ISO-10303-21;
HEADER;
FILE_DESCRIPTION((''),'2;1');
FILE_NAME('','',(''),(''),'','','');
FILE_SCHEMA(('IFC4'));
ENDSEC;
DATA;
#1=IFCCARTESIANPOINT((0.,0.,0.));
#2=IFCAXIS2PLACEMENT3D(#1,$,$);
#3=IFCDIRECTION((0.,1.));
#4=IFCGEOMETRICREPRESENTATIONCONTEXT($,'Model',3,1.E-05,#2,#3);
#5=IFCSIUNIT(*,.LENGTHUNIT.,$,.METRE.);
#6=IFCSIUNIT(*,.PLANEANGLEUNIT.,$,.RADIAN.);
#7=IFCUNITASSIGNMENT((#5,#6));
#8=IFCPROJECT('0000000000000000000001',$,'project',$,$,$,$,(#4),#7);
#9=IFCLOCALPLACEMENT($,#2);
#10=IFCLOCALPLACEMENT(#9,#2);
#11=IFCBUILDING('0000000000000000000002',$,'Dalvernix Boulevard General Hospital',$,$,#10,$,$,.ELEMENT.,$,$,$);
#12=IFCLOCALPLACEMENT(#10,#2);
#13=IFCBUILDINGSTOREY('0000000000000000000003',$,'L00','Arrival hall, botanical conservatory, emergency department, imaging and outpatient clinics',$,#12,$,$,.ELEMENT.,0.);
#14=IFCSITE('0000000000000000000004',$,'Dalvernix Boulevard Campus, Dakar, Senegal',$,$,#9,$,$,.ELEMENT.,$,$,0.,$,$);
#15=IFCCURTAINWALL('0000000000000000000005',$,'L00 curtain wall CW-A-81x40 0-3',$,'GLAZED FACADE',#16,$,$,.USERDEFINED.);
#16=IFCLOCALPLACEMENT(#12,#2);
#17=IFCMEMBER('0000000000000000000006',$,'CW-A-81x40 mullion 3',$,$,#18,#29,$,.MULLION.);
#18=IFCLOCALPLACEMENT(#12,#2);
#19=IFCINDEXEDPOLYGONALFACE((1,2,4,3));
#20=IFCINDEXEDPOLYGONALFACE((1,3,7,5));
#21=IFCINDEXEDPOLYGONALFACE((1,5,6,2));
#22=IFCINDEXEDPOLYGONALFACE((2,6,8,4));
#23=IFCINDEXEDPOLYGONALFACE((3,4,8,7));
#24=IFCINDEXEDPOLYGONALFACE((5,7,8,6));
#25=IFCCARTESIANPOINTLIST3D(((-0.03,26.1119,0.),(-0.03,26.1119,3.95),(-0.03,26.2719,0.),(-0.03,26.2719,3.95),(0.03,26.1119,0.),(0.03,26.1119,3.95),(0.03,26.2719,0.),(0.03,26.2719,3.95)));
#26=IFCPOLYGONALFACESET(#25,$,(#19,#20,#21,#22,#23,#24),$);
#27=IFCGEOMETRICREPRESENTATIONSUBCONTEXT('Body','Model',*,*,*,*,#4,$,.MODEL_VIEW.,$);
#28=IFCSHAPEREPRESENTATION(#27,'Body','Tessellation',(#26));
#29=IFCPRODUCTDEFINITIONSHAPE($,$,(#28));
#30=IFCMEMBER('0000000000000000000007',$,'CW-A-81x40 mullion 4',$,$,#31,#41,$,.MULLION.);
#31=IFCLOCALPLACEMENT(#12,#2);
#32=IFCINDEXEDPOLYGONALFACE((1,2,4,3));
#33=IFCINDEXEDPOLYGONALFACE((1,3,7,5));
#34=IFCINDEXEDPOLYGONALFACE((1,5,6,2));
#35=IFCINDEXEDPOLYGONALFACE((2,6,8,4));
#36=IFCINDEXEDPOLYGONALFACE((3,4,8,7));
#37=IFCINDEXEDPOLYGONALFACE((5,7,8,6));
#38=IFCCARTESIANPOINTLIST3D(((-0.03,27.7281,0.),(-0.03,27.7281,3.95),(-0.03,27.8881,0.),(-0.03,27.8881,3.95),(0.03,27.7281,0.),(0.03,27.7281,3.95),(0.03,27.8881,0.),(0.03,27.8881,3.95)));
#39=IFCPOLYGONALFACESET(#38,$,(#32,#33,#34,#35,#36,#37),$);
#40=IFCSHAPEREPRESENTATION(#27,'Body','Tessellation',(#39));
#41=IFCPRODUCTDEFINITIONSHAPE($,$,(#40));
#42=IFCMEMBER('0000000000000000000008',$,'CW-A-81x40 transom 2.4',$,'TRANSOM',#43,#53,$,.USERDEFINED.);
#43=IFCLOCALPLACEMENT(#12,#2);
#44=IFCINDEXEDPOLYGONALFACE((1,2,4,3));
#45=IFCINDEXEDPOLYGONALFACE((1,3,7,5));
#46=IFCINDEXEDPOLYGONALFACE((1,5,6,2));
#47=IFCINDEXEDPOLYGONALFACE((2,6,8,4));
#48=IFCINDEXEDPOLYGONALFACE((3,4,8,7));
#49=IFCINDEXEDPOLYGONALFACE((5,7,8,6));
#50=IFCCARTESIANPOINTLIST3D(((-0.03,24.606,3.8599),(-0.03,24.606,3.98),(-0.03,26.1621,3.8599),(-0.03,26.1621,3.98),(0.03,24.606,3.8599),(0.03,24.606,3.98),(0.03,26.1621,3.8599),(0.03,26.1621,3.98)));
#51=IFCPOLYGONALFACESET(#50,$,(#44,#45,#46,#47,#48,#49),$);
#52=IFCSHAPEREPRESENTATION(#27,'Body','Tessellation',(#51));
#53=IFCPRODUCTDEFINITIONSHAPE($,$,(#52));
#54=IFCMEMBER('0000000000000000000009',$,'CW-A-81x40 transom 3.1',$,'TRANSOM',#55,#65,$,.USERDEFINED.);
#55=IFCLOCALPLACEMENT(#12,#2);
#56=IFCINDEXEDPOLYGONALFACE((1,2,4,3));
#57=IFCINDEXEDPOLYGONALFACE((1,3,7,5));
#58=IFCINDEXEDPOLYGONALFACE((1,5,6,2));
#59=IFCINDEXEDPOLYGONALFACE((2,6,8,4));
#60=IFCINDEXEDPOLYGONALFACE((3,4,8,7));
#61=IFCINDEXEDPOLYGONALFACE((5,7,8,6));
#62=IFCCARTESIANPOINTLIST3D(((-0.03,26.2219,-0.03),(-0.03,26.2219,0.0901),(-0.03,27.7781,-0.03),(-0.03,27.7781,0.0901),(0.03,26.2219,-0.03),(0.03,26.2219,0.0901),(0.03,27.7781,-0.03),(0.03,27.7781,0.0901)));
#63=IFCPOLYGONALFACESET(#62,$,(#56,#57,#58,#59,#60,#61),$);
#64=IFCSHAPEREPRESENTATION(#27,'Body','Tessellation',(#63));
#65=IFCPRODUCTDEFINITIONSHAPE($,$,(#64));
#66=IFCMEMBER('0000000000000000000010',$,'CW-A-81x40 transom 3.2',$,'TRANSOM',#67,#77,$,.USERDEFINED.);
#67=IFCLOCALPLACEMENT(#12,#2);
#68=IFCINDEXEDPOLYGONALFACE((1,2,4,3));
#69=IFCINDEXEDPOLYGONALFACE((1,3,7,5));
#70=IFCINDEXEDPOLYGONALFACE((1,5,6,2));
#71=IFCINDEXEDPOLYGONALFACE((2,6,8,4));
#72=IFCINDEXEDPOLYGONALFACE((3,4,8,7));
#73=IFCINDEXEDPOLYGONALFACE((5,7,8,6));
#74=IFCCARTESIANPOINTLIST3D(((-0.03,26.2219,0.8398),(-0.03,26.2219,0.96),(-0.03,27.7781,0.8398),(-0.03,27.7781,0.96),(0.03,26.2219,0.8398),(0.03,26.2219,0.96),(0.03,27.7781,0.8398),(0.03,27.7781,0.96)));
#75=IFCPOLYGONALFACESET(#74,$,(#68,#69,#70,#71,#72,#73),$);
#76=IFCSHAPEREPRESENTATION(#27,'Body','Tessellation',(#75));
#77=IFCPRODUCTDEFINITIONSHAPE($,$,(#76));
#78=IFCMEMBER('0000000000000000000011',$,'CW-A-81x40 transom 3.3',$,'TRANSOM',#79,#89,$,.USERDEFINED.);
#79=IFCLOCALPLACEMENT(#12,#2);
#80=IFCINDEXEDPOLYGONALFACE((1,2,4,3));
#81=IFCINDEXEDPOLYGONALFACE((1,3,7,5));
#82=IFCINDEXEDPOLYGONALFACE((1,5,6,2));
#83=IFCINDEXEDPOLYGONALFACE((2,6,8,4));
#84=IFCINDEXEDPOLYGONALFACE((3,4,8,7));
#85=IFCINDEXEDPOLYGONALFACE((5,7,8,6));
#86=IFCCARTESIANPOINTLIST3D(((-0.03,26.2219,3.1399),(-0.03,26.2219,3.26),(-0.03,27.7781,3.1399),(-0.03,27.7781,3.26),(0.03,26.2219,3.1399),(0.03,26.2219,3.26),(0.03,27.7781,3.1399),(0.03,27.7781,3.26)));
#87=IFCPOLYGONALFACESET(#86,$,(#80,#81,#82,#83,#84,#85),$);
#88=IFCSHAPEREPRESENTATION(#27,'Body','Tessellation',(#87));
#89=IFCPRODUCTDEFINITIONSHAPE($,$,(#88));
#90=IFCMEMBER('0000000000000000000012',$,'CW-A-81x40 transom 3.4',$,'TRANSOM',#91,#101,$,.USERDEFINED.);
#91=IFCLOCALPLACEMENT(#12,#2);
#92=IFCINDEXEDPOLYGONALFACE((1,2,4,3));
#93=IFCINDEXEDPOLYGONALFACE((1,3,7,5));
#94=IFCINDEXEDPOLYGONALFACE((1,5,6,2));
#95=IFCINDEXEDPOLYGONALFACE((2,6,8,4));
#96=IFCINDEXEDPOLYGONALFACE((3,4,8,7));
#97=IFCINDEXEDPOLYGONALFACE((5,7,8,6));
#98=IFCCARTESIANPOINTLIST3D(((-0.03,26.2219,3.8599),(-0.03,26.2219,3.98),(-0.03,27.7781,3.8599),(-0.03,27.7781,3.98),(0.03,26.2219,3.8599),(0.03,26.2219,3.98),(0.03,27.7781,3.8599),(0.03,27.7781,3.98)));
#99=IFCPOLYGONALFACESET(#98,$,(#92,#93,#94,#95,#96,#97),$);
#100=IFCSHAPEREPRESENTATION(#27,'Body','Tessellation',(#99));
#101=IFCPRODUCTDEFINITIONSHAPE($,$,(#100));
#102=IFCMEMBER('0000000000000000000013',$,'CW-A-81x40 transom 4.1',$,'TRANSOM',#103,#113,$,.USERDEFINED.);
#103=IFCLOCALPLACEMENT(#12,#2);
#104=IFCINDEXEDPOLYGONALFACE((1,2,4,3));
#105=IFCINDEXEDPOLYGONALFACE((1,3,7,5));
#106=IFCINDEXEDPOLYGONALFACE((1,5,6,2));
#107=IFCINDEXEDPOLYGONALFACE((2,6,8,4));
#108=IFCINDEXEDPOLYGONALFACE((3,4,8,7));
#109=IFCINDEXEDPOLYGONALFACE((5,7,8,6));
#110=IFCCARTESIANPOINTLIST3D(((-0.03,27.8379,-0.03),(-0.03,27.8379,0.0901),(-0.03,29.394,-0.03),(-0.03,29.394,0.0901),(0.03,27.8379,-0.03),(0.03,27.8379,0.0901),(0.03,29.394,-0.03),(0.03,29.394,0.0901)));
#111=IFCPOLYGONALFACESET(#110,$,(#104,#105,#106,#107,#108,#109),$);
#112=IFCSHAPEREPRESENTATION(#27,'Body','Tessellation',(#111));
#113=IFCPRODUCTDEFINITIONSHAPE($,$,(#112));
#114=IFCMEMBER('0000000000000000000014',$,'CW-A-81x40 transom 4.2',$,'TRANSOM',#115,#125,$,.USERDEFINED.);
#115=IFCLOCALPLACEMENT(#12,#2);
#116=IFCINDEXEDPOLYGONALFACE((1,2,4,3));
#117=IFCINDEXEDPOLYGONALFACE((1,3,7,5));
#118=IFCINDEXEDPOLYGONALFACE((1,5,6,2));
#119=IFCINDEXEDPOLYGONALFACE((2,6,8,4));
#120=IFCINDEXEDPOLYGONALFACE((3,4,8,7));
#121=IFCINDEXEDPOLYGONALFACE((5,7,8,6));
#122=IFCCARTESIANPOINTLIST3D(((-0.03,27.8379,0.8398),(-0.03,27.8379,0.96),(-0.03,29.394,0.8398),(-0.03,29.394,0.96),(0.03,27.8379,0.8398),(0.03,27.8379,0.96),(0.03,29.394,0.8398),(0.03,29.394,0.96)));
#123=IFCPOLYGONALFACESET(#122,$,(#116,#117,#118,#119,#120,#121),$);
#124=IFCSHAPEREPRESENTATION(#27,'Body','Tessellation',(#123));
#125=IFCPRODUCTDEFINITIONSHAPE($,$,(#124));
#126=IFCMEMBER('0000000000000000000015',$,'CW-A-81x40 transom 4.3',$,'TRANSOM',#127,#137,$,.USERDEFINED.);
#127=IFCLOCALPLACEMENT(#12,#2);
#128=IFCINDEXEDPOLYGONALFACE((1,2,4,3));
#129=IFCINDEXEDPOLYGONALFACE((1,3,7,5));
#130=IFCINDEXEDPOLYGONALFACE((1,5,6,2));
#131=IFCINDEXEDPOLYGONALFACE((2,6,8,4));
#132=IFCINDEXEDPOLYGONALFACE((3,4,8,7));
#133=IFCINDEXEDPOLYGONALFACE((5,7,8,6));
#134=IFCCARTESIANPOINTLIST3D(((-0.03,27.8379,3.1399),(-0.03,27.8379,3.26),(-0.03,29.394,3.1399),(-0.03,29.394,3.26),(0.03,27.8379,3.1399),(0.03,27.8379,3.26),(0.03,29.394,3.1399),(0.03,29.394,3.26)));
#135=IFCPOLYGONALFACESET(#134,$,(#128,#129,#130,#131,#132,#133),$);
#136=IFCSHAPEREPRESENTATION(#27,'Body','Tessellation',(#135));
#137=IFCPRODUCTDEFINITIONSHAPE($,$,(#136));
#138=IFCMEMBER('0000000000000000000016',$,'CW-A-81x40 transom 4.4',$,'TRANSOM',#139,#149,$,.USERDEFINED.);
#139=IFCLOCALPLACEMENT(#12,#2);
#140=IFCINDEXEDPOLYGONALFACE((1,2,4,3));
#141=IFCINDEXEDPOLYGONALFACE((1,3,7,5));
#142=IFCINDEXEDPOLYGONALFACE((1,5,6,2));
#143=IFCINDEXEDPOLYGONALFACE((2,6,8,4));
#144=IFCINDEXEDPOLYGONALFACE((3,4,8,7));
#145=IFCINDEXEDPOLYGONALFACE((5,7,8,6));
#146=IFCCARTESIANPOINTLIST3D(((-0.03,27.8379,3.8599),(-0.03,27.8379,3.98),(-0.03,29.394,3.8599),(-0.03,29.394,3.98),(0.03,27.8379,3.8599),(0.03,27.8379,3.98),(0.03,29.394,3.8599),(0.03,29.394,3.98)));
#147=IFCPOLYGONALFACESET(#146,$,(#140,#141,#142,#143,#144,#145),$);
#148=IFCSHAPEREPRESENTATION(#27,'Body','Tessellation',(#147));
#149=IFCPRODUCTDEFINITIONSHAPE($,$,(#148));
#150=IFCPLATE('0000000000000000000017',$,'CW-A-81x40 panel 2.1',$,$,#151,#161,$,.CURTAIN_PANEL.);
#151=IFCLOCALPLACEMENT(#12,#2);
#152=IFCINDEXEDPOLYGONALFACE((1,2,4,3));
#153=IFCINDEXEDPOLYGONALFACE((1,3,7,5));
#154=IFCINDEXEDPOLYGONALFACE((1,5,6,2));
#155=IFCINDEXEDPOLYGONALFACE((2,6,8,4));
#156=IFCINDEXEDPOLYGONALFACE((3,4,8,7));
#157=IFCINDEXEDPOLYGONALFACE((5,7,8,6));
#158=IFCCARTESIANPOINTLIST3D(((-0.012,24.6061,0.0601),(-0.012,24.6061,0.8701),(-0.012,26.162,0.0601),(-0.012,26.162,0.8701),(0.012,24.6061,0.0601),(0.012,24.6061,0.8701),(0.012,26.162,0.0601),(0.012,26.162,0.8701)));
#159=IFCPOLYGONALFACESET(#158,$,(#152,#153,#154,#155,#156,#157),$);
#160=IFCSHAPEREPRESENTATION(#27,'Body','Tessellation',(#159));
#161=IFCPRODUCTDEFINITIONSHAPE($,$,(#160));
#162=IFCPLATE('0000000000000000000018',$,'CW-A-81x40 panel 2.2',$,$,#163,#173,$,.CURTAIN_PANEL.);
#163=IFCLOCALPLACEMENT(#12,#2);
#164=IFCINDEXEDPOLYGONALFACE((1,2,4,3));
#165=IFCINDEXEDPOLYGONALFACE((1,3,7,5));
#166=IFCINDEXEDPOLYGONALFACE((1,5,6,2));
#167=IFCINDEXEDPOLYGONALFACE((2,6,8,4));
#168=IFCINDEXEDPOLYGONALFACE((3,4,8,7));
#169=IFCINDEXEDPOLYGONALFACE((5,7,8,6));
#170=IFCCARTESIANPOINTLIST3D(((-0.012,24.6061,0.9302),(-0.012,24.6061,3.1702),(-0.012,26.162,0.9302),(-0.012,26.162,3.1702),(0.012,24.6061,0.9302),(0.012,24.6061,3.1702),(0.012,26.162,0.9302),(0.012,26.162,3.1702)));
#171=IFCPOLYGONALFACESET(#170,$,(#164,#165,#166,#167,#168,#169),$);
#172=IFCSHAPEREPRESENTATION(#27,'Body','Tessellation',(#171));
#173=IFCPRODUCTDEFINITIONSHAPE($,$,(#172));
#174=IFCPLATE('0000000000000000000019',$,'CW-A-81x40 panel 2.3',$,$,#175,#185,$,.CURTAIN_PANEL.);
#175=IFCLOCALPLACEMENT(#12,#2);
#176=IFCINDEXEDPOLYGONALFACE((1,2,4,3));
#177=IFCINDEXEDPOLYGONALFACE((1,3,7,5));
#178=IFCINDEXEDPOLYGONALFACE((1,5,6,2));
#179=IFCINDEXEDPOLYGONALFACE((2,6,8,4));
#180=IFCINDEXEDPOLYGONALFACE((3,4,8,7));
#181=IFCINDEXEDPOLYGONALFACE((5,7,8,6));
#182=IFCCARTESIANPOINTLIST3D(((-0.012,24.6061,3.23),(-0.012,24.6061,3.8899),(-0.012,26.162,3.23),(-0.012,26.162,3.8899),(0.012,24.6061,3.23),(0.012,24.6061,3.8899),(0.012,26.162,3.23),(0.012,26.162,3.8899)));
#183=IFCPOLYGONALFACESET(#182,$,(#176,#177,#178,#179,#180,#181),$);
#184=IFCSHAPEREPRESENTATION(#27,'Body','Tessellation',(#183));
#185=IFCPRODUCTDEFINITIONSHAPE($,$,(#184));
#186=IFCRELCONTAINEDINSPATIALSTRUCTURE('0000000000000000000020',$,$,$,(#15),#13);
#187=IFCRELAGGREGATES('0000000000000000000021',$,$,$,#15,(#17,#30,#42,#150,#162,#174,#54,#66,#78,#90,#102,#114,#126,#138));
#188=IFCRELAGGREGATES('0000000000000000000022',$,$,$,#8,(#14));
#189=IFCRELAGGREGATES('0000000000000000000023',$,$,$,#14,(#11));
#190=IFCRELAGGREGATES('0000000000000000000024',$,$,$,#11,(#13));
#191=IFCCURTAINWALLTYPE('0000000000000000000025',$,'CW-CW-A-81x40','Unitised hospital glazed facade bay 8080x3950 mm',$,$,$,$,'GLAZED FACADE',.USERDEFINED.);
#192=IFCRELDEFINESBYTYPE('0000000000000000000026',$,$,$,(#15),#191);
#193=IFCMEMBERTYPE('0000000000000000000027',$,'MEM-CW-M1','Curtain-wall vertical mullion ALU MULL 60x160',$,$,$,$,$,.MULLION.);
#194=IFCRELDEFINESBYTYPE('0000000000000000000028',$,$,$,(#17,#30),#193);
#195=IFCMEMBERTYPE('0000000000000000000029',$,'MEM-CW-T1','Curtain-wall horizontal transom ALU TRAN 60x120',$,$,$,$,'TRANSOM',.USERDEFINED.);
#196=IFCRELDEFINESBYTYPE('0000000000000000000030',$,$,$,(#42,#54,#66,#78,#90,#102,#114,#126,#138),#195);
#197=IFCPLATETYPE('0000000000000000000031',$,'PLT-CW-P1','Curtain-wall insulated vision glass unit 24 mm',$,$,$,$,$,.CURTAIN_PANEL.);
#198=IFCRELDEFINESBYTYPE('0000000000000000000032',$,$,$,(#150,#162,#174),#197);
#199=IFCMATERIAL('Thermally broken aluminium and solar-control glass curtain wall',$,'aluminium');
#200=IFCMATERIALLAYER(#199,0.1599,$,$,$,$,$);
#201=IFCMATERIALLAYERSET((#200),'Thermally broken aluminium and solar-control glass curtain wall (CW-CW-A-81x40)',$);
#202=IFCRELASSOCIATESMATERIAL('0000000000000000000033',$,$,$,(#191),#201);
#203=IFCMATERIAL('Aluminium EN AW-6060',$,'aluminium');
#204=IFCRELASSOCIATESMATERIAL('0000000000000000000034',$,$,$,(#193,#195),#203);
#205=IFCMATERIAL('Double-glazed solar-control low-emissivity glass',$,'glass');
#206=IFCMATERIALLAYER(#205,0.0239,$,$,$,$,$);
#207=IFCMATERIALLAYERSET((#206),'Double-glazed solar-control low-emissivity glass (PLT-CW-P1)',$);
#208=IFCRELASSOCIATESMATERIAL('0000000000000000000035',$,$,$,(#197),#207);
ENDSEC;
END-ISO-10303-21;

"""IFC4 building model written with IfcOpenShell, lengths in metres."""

from ifc_helpers import new_model, si_unit, direction, frame, origin, origin_2d, place, context, subcontext, project, spatial, rectangle, extrude, material, layer, layer_set, material_profile, profile_set, type_object, element, aggregate, save


model = new_model("IFC4")

# Units and contexts
model_context = context("Model", 3, precision=1e-05, world=origin(), true_north=direction((0.0, 1.0)))
body_context = subcontext(model_context, "Body", "Model", "MODEL_VIEW")
ifc_project = project(units=[si_unit("LENGTHUNIT", "METRE"), si_unit("PLANEANGLEUNIT", "RADIAN")], contexts=[model_context])

# Site, building, storey
site_placement = place(None, origin())
site = spatial("IfcSite", under=ifc_project, at=site_placement, Name="Dalvernix Boulevard Campus, Dakar, Senegal", CompositionType="ELEMENT", RefElevation=0.0)
building_placement = place(site_placement, origin())
building = spatial("IfcBuilding", under=site, at=building_placement, Name="Dalvernix Boulevard General Hospital", CompositionType="ELEMENT")
storey_placement = place(building_placement, origin())
storey = spatial("IfcBuildingStorey", under=building, at=storey_placement, Name="L00", Description="Arrival hall, botanical conservatory, emergency department, imaging and outpatient clinics", CompositionType="ELEMENT", Elevation=0.0)

# Curtain wall, members, plates
ifc_material_1 = material(Name="Thermally broken aluminium and solar-control glass curtain wall", Category="aluminium")
ifc_layer_1 = layer(ifc_material_1, 0.1599)
ifc_layer_set_1 = layer_set([ifc_layer_1], Name="Thermally broken aluminium and solar-control glass curtain wall (CW-CW-A-81x40)")
curtain_wall_type = type_object("IfcCurtainWallType", Name="CW-CW-A-81x40", Description="Unitised hospital glazed facade bay 8080x3950 mm", ElementType="GLAZED FACADE", PredefinedType="USERDEFINED", material=ifc_layer_set_1)
curtain_wall_placement = place(storey_placement, origin())
curtain_wall = element("IfcCurtainWall", 1, at=curtain_wall_placement, inside=storey, type_object=curtain_wall_type, Name="L00 curtain wall CW-A-81x40 0-3", ObjectType="GLAZED FACADE", PredefinedType="USERDEFINED")
ifc_material_2 = material(Name="Aluminium EN AW-6060", Category="aluminium")
ifc_material_profile_1 = material_profile(ifc_material_2, rectangle(XDim=0.0601, YDim=0.1599, at=origin_2d()), Name="ALU MULL 60x160")
ifc_profile_set_1 = profile_set([ifc_material_profile_1], Name="Aluminium EN AW-6060")
member_type_1 = type_object("IfcMemberType", Name="MEM-CW-M1", Description="Curtain-wall vertical mullion ALU MULL 60x160", PredefinedType="MULLION", material=ifc_profile_set_1)
member_1_placement = place(storey_placement, frame((0.0, 26.1919, 0.0), z_axis=(0.0, 0.0, 1.0), x_axis=(-1.0, 0.0, 0.0)))
member_1 = element("IfcMember", 2, at=member_1_placement, type_object=member_type_1, Name="CW-A-81x40 mullion 3", PredefinedType="MULLION", context=body_context, shape_type="SweptSolid", body=[
    extrude(rectangle(XDim=0.0601, YDim=0.1599, at=origin_2d()), origin(), (0.0, 0.0, 1.0), 3.95),
])
member_2_placement = place(storey_placement, frame((0.0, 27.8081, 0.0), z_axis=(0.0, 0.0, 1.0), x_axis=(-1.0, 0.0, 0.0)))
member_2 = element("IfcMember", 3, at=member_2_placement, type_object=member_type_1, Name="CW-A-81x40 mullion 4", PredefinedType="MULLION", context=body_context, shape_type="SweptSolid", body=[
    extrude(rectangle(XDim=0.0601, YDim=0.1599, at=origin_2d()), origin(), (0.0, 0.0, 1.0), 3.95),
])
ifc_material_profile_2 = material_profile(ifc_material_2, rectangle(XDim=0.0601, YDim=0.1201, at=origin_2d()), Name="ALU TRAN 60x120")
ifc_profile_set_2 = profile_set([ifc_material_profile_2], Name="Aluminium EN AW-6060")
member_type_2 = type_object("IfcMemberType", Name="MEM-CW-T1", Description="Curtain-wall horizontal transom ALU TRAN 60x120", ElementType="TRANSOM", PredefinedType="USERDEFINED", material=ifc_profile_set_2)
member_3_placement = place(storey_placement, frame((0.0, 24.606, 3.9199), z_axis=(0.0, 1.0, 0.0), x_axis=(-1.0, 0.0, 0.0)))
member_3 = element("IfcMember", 4, at=member_3_placement, type_object=member_type_2, Name="CW-A-81x40 transom 2.4", ObjectType="TRANSOM", PredefinedType="USERDEFINED", context=body_context, shape_type="SweptSolid", body=[
    extrude(rectangle(XDim=0.0601, YDim=0.1201, at=origin_2d()), origin(), (0.0, 0.0, 1.0), 1.5562),
])
member_4_placement = place(storey_placement, frame((0.0, 26.2219, 0.03), z_axis=(0.0, 1.0, 0.0), x_axis=(-1.0, 0.0, 0.0)))
member_4 = element("IfcMember", 5, at=member_4_placement, type_object=member_type_2, Name="CW-A-81x40 transom 3.1", ObjectType="TRANSOM", PredefinedType="USERDEFINED", context=body_context, shape_type="SweptSolid", body=[
    extrude(rectangle(XDim=0.0601, YDim=0.1201, at=origin_2d()), origin(), (0.0, 0.0, 1.0), 1.5562),
])
member_5_placement = place(storey_placement, frame((0.0, 26.2219, 0.8999), z_axis=(0.0, 1.0, 0.0), x_axis=(-1.0, 0.0, 0.0)))
member_5 = element("IfcMember", 6, at=member_5_placement, type_object=member_type_2, Name="CW-A-81x40 transom 3.2", ObjectType="TRANSOM", PredefinedType="USERDEFINED", context=body_context, shape_type="SweptSolid", body=[
    extrude(rectangle(XDim=0.0601, YDim=0.1201, at=origin_2d()), origin(), (0.0, 0.0, 1.0), 1.5562),
])
member_6_placement = place(storey_placement, frame((0.0, 26.2219, 3.2), z_axis=(0.0, 1.0, 0.0), x_axis=(-1.0, 0.0, 0.0)))
member_6 = element("IfcMember", 7, at=member_6_placement, type_object=member_type_2, Name="CW-A-81x40 transom 3.3", ObjectType="TRANSOM", PredefinedType="USERDEFINED", context=body_context, shape_type="SweptSolid", body=[
    extrude(rectangle(XDim=0.0601, YDim=0.1201, at=origin_2d()), origin(), (0.0, 0.0, 1.0), 1.5562),
])
member_7_placement = place(storey_placement, frame((0.0, 26.2219, 3.9199), z_axis=(0.0, 1.0, 0.0), x_axis=(-1.0, 0.0, 0.0)))
member_7 = element("IfcMember", 8, at=member_7_placement, type_object=member_type_2, Name="CW-A-81x40 transom 3.4", ObjectType="TRANSOM", PredefinedType="USERDEFINED", context=body_context, shape_type="SweptSolid", body=[
    extrude(rectangle(XDim=0.0601, YDim=0.1201, at=origin_2d()), origin(), (0.0, 0.0, 1.0), 1.5562),
])
member_8_placement = place(storey_placement, frame((0.0, 27.8379, 0.03), z_axis=(0.0, 1.0, 0.0), x_axis=(-1.0, 0.0, 0.0)))
member_8 = element("IfcMember", 9, at=member_8_placement, type_object=member_type_2, Name="CW-A-81x40 transom 4.1", ObjectType="TRANSOM", PredefinedType="USERDEFINED", context=body_context, shape_type="SweptSolid", body=[
    extrude(rectangle(XDim=0.0601, YDim=0.1201, at=origin_2d()), origin(), (0.0, 0.0, 1.0), 1.5562),
])
member_9_placement = place(storey_placement, frame((0.0, 27.8379, 0.8999), z_axis=(0.0, 1.0, 0.0), x_axis=(-1.0, 0.0, 0.0)))
member_9 = element("IfcMember", 10, at=member_9_placement, type_object=member_type_2, Name="CW-A-81x40 transom 4.2", ObjectType="TRANSOM", PredefinedType="USERDEFINED", context=body_context, shape_type="SweptSolid", body=[
    extrude(rectangle(XDim=0.0601, YDim=0.1201, at=origin_2d()), origin(), (0.0, 0.0, 1.0), 1.5562),
])
member_10_placement = place(storey_placement, frame((0.0, 27.8379, 3.2), z_axis=(0.0, 1.0, 0.0), x_axis=(-1.0, 0.0, 0.0)))
member_10 = element("IfcMember", 11, at=member_10_placement, type_object=member_type_2, Name="CW-A-81x40 transom 4.3", ObjectType="TRANSOM", PredefinedType="USERDEFINED", context=body_context, shape_type="SweptSolid", body=[
    extrude(rectangle(XDim=0.0601, YDim=0.1201, at=origin_2d()), origin(), (0.0, 0.0, 1.0), 1.5562),
])
member_11_placement = place(storey_placement, frame((0.0, 27.8379, 3.9199), z_axis=(0.0, 1.0, 0.0), x_axis=(-1.0, 0.0, 0.0)))
member_11 = element("IfcMember", 12, at=member_11_placement, type_object=member_type_2, Name="CW-A-81x40 transom 4.4", ObjectType="TRANSOM", PredefinedType="USERDEFINED", context=body_context, shape_type="SweptSolid", body=[
    extrude(rectangle(XDim=0.0601, YDim=0.1201, at=origin_2d()), origin(), (0.0, 0.0, 1.0), 1.5562),
])
ifc_material_3 = material(Name="Double-glazed solar-control low-emissivity glass", Category="glass")
ifc_layer_2 = layer(ifc_material_3, 0.0239)
ifc_layer_set_2 = layer_set([ifc_layer_2], Name="Double-glazed solar-control low-emissivity glass (PLT-CW-P1)")
plate_type = type_object("IfcPlateType", Name="PLT-CW-P1", Description="Curtain-wall insulated vision glass unit 24 mm", PredefinedType="CURTAIN_PANEL", material=ifc_layer_set_2)
plate_1_placement = place(storey_placement, frame((0.0, 25.384, 0.0601), z_axis=(0.0, 0.0, 1.0), x_axis=(0.0, 1.0, 0.0)))
plate_1 = element("IfcPlate", 13, at=plate_1_placement, type_object=plate_type, Name="CW-A-81x40 panel 2.1", PredefinedType="CURTAIN_PANEL", context=body_context, shape_type="SweptSolid", body=[
    extrude(rectangle(XDim=1.5559, YDim=0.0239, at=origin_2d()), origin(), (0.0, 0.0, 1.0), 0.8101),
])
plate_2_placement = place(storey_placement, frame((0.0, 25.384, 0.9302), z_axis=(0.0, 0.0, 1.0), x_axis=(0.0, 1.0, 0.0)))
plate_2 = element("IfcPlate", 14, at=plate_2_placement, type_object=plate_type, Name="CW-A-81x40 panel 2.2", PredefinedType="CURTAIN_PANEL", context=body_context, shape_type="SweptSolid", body=[
    extrude(rectangle(XDim=1.5559, YDim=0.0239, at=origin_2d()), origin(), (0.0, 0.0, 1.0), 2.24),
])
plate_3_placement = place(storey_placement, frame((0.0, 25.384, 3.23), z_axis=(0.0, 0.0, 1.0), x_axis=(0.0, 1.0, 0.0)))
plate_3 = element("IfcPlate", 15, at=plate_3_placement, type_object=plate_type, Name="CW-A-81x40 panel 2.3", PredefinedType="CURTAIN_PANEL", context=body_context, shape_type="SweptSolid", body=[
    extrude(rectangle(XDim=1.5559, YDim=0.0239, at=origin_2d()), origin(), (0.0, 0.0, 1.0), 0.6599),
])
aggregate(curtain_wall, [member_1, member_2, member_3, plate_1, plate_2, plate_3, member_4, member_5, member_6, member_7, member_8, member_9, member_10, member_11])

save(model, "model.ifc")
